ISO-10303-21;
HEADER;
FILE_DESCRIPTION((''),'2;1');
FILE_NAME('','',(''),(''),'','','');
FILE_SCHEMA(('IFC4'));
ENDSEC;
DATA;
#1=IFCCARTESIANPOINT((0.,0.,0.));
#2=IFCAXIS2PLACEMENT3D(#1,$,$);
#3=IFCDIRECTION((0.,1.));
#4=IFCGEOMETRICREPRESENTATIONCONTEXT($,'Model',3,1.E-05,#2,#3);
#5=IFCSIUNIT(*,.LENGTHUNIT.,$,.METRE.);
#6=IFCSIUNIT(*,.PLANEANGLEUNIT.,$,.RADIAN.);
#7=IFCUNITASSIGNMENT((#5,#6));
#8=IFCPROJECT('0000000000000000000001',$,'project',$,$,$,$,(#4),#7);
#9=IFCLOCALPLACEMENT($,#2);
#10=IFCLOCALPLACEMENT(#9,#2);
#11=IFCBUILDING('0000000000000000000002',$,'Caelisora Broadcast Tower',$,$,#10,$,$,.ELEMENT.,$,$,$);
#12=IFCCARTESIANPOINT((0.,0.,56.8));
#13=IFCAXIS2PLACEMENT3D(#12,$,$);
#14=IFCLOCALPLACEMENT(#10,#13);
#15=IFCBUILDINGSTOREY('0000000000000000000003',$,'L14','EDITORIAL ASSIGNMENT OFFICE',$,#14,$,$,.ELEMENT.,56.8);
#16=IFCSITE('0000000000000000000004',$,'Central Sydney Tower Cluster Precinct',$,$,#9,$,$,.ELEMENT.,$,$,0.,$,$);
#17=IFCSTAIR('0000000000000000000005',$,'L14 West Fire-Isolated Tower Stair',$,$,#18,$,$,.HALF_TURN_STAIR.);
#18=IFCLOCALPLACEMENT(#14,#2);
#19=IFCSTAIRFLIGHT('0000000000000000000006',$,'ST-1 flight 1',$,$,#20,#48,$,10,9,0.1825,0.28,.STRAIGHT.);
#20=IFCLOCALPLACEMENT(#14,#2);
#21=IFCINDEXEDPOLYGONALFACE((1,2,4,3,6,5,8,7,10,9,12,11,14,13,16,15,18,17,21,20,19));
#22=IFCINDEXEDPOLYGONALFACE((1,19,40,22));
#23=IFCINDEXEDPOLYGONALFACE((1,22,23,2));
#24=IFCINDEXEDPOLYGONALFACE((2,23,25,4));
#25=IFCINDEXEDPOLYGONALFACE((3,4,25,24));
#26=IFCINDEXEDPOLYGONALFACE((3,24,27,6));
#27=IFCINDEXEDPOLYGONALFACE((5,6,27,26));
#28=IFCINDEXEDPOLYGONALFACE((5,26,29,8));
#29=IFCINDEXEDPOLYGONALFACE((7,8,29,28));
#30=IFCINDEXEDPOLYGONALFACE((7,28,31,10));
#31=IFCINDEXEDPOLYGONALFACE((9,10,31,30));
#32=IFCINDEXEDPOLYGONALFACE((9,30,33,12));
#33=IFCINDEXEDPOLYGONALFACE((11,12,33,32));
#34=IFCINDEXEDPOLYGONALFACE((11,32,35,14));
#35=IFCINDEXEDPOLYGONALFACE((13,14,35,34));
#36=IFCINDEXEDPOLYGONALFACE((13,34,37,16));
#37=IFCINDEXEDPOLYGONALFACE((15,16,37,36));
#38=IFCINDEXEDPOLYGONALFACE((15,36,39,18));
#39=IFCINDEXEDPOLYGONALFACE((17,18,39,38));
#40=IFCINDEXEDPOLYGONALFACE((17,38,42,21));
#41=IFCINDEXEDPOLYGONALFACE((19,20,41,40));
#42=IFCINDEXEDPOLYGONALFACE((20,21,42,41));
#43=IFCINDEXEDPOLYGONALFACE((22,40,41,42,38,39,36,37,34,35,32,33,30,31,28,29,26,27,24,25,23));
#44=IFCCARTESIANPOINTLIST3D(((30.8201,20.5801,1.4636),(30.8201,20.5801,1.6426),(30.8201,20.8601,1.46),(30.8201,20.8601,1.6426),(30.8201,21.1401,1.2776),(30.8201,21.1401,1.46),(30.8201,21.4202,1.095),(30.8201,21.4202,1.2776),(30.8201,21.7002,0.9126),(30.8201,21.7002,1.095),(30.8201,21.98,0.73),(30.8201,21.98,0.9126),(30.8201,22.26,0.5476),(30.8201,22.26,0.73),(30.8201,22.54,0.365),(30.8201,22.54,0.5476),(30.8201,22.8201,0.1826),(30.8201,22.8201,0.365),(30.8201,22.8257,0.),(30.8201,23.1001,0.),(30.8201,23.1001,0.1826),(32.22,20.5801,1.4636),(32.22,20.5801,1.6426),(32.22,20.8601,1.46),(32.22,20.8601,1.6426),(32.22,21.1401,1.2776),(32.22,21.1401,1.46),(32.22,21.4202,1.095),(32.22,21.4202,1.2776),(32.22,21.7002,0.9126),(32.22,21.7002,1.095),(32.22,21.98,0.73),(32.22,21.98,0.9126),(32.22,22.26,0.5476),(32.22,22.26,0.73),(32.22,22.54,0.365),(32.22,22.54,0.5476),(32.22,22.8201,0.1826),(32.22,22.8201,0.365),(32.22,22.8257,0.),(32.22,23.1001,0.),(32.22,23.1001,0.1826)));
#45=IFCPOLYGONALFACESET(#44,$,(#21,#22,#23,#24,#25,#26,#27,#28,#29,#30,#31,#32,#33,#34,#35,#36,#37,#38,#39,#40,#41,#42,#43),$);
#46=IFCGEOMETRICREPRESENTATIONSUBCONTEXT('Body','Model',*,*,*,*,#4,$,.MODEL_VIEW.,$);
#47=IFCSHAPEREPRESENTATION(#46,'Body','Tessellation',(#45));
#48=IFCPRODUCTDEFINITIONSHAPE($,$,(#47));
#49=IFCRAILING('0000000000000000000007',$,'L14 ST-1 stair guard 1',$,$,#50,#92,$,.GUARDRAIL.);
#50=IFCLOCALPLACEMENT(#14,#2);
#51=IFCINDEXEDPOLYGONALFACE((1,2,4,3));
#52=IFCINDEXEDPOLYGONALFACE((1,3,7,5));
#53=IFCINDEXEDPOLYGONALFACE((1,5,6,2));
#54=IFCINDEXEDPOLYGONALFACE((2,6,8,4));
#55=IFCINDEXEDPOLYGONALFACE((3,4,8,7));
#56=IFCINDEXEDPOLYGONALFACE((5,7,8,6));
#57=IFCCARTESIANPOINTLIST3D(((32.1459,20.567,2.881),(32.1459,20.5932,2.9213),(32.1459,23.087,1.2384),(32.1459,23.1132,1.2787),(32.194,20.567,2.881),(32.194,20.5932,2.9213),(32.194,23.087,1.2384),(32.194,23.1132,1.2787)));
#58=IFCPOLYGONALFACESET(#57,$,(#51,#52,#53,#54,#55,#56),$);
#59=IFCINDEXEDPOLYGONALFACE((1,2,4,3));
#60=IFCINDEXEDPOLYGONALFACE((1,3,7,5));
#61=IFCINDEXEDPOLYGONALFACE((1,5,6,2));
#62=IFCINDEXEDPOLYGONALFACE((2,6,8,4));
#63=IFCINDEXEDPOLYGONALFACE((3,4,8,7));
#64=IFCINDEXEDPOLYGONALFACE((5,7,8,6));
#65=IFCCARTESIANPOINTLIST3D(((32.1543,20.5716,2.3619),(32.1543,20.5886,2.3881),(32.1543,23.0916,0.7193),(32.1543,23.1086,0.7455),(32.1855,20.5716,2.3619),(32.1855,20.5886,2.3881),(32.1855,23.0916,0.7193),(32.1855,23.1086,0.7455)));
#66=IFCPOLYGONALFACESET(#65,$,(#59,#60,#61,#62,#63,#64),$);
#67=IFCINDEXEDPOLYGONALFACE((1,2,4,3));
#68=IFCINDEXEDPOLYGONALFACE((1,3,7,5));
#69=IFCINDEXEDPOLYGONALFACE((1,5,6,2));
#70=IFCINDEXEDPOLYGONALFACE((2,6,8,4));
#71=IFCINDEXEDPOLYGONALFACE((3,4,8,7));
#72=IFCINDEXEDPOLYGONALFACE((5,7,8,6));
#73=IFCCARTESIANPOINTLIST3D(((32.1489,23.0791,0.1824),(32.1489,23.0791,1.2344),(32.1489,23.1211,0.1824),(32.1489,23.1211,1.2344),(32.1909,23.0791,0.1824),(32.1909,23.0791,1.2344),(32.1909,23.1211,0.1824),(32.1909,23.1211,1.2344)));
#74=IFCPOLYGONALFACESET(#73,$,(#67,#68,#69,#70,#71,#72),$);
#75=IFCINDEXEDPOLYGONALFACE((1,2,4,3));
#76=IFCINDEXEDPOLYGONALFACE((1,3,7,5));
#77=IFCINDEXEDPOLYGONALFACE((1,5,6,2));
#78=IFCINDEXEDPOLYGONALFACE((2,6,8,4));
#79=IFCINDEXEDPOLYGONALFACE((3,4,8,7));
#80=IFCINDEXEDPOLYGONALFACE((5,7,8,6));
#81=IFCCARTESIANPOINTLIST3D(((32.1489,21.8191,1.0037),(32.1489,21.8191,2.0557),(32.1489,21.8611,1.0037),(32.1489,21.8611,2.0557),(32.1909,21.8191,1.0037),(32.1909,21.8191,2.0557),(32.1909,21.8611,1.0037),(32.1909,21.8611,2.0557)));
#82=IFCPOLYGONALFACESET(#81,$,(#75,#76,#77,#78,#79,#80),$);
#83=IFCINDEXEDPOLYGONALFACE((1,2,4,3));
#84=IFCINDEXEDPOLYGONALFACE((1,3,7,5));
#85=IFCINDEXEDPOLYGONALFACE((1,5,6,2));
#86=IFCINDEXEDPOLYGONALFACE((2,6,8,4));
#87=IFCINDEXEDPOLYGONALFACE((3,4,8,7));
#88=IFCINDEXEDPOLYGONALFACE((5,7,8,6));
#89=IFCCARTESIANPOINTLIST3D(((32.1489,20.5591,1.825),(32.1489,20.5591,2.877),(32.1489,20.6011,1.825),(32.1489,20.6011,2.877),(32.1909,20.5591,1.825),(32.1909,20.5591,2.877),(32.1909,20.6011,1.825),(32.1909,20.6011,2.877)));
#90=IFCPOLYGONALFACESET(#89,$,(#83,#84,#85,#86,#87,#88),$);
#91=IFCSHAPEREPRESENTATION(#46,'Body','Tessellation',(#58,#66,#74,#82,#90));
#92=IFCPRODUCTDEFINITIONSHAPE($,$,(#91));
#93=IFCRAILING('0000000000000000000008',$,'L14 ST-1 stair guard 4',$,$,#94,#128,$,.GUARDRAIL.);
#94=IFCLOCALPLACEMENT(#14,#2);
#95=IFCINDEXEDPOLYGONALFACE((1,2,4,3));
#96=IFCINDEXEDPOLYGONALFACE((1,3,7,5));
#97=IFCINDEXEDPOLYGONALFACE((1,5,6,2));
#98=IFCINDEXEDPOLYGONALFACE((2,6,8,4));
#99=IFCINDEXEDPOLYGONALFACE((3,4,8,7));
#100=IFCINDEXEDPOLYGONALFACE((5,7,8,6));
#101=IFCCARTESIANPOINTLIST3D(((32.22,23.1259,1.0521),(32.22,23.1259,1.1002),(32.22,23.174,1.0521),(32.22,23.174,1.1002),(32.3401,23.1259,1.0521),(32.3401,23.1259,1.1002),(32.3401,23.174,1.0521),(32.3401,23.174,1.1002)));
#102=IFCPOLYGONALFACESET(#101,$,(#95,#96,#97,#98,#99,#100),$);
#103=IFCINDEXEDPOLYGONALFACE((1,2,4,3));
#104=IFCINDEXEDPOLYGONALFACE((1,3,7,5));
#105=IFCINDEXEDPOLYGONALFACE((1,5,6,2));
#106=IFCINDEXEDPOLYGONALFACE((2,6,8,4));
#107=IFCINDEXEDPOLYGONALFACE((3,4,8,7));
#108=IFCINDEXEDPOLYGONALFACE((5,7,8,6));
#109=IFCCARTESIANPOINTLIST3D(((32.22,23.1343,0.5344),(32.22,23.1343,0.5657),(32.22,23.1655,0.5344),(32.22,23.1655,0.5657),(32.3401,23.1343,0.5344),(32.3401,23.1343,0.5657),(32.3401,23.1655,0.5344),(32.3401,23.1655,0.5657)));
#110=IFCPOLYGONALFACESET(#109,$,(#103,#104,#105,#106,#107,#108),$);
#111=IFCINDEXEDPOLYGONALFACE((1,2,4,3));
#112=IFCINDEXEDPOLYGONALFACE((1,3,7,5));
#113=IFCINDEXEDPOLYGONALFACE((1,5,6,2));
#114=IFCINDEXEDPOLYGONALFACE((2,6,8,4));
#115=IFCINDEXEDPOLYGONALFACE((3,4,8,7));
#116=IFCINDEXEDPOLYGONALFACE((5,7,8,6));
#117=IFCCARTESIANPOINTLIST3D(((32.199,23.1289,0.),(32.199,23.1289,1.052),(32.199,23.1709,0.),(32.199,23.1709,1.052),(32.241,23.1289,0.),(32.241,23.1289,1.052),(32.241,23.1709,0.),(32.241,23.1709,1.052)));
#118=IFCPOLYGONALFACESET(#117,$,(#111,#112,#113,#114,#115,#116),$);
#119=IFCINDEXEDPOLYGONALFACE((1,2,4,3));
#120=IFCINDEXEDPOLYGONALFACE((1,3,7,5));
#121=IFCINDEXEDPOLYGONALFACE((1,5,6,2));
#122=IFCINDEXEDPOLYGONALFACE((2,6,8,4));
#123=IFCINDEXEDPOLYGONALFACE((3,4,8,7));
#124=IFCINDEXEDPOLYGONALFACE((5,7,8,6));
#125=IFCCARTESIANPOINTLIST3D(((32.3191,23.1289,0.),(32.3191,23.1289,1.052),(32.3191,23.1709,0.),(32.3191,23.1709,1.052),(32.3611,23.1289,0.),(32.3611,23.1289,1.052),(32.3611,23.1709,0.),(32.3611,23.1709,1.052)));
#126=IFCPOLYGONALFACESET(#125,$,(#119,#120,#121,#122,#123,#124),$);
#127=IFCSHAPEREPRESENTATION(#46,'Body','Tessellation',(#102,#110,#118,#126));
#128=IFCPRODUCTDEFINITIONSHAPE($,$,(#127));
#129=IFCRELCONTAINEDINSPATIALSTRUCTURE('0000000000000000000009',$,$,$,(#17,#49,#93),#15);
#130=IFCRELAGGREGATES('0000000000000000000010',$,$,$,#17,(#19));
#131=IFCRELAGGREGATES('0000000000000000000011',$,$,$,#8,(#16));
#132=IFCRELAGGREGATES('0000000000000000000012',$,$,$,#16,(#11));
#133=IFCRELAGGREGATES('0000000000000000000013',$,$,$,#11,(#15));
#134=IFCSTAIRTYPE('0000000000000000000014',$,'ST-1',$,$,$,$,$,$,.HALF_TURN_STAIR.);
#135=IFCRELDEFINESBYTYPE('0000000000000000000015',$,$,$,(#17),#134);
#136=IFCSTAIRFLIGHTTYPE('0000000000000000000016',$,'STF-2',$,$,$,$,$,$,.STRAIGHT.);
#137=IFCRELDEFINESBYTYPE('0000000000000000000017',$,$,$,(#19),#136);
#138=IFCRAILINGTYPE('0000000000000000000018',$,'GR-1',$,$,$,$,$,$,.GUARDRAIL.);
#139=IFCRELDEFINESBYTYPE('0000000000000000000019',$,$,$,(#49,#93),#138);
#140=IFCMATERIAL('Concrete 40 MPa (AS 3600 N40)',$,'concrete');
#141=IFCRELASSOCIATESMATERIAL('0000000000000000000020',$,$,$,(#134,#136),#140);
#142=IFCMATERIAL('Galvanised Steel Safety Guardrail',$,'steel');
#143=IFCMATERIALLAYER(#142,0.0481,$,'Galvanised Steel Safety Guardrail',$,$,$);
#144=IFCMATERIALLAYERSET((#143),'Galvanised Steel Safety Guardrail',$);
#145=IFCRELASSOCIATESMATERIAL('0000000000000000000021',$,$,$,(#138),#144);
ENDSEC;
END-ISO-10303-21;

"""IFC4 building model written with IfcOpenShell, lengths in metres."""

from ifc_helpers import new_model, si_unit, direction, frame, origin, origin_2d, place, context, subcontext, project, spatial, polyline, rectangle, outline, extrude, material, layer, layer_set, type_object, element, aggregate, save


model = new_model("IFC4")

# Units and contexts
model_context = context("Model", 3, precision=1e-05, world=origin(), true_north=direction((0.0, 1.0)))
body_context = subcontext(model_context, "Body", "Model", "MODEL_VIEW")
ifc_project = project(units=[si_unit("LENGTHUNIT", "METRE"), si_unit("PLANEANGLEUNIT", "RADIAN")], contexts=[model_context])

# Site, building, storey
site_placement = place(None, origin())
site = spatial("IfcSite", under=ifc_project, at=site_placement, Name="Central Sydney Tower Cluster Precinct", CompositionType="ELEMENT", RefElevation=0.0)
building_placement = place(site_placement, origin())
building = spatial("IfcBuilding", under=site, at=building_placement, Name="Caelisora Broadcast Tower", CompositionType="ELEMENT")
storey_placement = place(building_placement, frame((0.0, 0.0, 56.8)))
storey = spatial("IfcBuildingStorey", under=building, at=storey_placement, Name="L14", Description="EDITORIAL ASSIGNMENT OFFICE", CompositionType="ELEMENT", Elevation=56.8)

# Stair, stair flight
ifc_material_1 = material(Name="Concrete 40 MPa (AS 3600 N40)", Category="concrete")
stair_type = type_object("IfcStairType", Name="ST-1", PredefinedType="HALF_TURN_STAIR", material=ifc_material_1)
stair_placement = place(storey_placement, origin())
stair = element("IfcStair", 1, at=stair_placement, inside=storey, type_object=stair_type, Name="L14 West Fire-Isolated Tower Stair", PredefinedType="HALF_TURN_STAIR")
stair_flight_type = type_object("IfcStairFlightType", Name="STF-2", PredefinedType="STRAIGHT", material=ifc_material_1)
stair_flight_placement = place(storey_placement, frame((31.52, 23.1001, 0.0), z_axis=(0.0, 0.0, 1.0), x_axis=(0.0, -1.0, 0.0)))
stair_flight = element("IfcStairFlight", 2, at=stair_flight_placement, type_object=stair_flight_type, Name="ST-1 flight 1", NumberOfRisers=10, NumberOfTreads=9, PredefinedType="STRAIGHT", RiserHeight=0.1825, TreadLength=0.28, context=body_context, shape_type="SweptSolid", body=[
    extrude(outline(polyline([(0.0, 0.0), (0.0, 0.1826), (0.28, 0.1826), (0.28, 0.365), (0.5601, 0.365), (0.5601, 0.5476), (0.8401, 0.5476), (0.8401, 0.73), (1.1201, 0.73), (1.1201, 0.9126), (1.3999, 0.9126), (1.3999, 1.095), (1.6799, 1.095), (1.6799, 1.2776), (1.96, 1.2776), (1.96, 1.46), (2.24, 1.46), (2.24, 1.6426), (2.52, 1.6426), (2.52, 1.825), (2.52, 1.4636), (0.2744, 0.0), (0.0, 0.0)])), frame((0.0, 0.7, 0.0), z_axis=(0.0, -1.0, 0.0), x_axis=(1.0, 0.0, 0.0)), (0.0, 0.0, 1.0), 1.3999),
])
aggregate(stair, [stair_flight])

# Railings
ifc_material_2 = material(Name="Galvanised Steel Safety Guardrail", Category="steel")
ifc_layer_1 = layer(ifc_material_2, 0.0481, Name="Galvanised Steel Safety Guardrail")
ifc_layer_set_1 = layer_set([ifc_layer_1], Name="Galvanised Steel Safety Guardrail")
railing_type = type_object("IfcRailingType", Name="GR-1", PredefinedType="GUARDRAIL", material=ifc_layer_set_1)
railing_1_placement = place(storey_placement, frame((32.1699, 23.1001, 0.1824)))
element("IfcRailing", 3, at=railing_1_placement, inside=storey, type_object=railing_type, Name="L14 ST-1 stair guard 1", PredefinedType="GUARDRAIL", context=body_context, shape_type="SweptSolid", body=[
    extrude(rectangle(XDim=0.0481, YDim=0.0481, at=origin_2d()), frame((0.0, 0.0, 1.0762), z_axis=(0.0, -0.837749, 0.546055), x_axis=(1.0, 0.0, 0.0)), (0.0, 0.0, 1.0), 3.0081),
    extrude(rectangle(XDim=0.0312, YDim=0.0312, at=origin_2d()), frame((0.0, 0.0, 0.55), z_axis=(0.0, -0.837749, 0.546055), x_axis=(1.0, 0.0, 0.0)), (0.0, 0.0, 1.0), 3.0081),
    extrude(rectangle(XDim=0.042, YDim=0.042, at=origin_2d()), origin(), (0.0, 0.0, 1.0), 1.052),
    extrude(rectangle(XDim=0.042, YDim=0.042, at=origin_2d()), frame((0.0, -1.26, 0.8213)), (0.0, 0.0, 1.0), 1.052),
    extrude(rectangle(XDim=0.042, YDim=0.042, at=origin_2d()), frame((0.0, -2.52, 1.6426)), (0.0, 0.0, 1.0), 1.052),
])
railing_2_placement = place(storey_placement, frame((32.22, 23.1499, 0.0)))
element("IfcRailing", 4, at=railing_2_placement, inside=storey, type_object=railing_type, Name="L14 ST-1 stair guard 4", PredefinedType="GUARDRAIL", context=body_context, shape_type="SweptSolid", body=[
    extrude(rectangle(XDim=0.0481, YDim=0.0481, at=origin_2d()), frame((0.0, 0.0, 1.0762), z_axis=(1.0, 0.0, 0.0), x_axis=(0.0, 1.0, 0.0)), (0.0, 0.0, 1.0), 0.1201),
    extrude(rectangle(XDim=0.0312, YDim=0.0312, at=origin_2d()), frame((0.0, 0.0, 0.55), z_axis=(1.0, 0.0, 0.0), x_axis=(0.0, 1.0, 0.0)), (0.0, 0.0, 1.0), 0.1201),
    extrude(rectangle(XDim=0.042, YDim=0.042, at=origin_2d()), origin(), (0.0, 0.0, 1.0), 1.052),
    extrude(rectangle(XDim=0.042, YDim=0.042, at=origin_2d()), frame((0.1201, 0.0, 0.0)), (0.0, 0.0, 1.0), 1.052),
])

save(model, "model.ifc")
